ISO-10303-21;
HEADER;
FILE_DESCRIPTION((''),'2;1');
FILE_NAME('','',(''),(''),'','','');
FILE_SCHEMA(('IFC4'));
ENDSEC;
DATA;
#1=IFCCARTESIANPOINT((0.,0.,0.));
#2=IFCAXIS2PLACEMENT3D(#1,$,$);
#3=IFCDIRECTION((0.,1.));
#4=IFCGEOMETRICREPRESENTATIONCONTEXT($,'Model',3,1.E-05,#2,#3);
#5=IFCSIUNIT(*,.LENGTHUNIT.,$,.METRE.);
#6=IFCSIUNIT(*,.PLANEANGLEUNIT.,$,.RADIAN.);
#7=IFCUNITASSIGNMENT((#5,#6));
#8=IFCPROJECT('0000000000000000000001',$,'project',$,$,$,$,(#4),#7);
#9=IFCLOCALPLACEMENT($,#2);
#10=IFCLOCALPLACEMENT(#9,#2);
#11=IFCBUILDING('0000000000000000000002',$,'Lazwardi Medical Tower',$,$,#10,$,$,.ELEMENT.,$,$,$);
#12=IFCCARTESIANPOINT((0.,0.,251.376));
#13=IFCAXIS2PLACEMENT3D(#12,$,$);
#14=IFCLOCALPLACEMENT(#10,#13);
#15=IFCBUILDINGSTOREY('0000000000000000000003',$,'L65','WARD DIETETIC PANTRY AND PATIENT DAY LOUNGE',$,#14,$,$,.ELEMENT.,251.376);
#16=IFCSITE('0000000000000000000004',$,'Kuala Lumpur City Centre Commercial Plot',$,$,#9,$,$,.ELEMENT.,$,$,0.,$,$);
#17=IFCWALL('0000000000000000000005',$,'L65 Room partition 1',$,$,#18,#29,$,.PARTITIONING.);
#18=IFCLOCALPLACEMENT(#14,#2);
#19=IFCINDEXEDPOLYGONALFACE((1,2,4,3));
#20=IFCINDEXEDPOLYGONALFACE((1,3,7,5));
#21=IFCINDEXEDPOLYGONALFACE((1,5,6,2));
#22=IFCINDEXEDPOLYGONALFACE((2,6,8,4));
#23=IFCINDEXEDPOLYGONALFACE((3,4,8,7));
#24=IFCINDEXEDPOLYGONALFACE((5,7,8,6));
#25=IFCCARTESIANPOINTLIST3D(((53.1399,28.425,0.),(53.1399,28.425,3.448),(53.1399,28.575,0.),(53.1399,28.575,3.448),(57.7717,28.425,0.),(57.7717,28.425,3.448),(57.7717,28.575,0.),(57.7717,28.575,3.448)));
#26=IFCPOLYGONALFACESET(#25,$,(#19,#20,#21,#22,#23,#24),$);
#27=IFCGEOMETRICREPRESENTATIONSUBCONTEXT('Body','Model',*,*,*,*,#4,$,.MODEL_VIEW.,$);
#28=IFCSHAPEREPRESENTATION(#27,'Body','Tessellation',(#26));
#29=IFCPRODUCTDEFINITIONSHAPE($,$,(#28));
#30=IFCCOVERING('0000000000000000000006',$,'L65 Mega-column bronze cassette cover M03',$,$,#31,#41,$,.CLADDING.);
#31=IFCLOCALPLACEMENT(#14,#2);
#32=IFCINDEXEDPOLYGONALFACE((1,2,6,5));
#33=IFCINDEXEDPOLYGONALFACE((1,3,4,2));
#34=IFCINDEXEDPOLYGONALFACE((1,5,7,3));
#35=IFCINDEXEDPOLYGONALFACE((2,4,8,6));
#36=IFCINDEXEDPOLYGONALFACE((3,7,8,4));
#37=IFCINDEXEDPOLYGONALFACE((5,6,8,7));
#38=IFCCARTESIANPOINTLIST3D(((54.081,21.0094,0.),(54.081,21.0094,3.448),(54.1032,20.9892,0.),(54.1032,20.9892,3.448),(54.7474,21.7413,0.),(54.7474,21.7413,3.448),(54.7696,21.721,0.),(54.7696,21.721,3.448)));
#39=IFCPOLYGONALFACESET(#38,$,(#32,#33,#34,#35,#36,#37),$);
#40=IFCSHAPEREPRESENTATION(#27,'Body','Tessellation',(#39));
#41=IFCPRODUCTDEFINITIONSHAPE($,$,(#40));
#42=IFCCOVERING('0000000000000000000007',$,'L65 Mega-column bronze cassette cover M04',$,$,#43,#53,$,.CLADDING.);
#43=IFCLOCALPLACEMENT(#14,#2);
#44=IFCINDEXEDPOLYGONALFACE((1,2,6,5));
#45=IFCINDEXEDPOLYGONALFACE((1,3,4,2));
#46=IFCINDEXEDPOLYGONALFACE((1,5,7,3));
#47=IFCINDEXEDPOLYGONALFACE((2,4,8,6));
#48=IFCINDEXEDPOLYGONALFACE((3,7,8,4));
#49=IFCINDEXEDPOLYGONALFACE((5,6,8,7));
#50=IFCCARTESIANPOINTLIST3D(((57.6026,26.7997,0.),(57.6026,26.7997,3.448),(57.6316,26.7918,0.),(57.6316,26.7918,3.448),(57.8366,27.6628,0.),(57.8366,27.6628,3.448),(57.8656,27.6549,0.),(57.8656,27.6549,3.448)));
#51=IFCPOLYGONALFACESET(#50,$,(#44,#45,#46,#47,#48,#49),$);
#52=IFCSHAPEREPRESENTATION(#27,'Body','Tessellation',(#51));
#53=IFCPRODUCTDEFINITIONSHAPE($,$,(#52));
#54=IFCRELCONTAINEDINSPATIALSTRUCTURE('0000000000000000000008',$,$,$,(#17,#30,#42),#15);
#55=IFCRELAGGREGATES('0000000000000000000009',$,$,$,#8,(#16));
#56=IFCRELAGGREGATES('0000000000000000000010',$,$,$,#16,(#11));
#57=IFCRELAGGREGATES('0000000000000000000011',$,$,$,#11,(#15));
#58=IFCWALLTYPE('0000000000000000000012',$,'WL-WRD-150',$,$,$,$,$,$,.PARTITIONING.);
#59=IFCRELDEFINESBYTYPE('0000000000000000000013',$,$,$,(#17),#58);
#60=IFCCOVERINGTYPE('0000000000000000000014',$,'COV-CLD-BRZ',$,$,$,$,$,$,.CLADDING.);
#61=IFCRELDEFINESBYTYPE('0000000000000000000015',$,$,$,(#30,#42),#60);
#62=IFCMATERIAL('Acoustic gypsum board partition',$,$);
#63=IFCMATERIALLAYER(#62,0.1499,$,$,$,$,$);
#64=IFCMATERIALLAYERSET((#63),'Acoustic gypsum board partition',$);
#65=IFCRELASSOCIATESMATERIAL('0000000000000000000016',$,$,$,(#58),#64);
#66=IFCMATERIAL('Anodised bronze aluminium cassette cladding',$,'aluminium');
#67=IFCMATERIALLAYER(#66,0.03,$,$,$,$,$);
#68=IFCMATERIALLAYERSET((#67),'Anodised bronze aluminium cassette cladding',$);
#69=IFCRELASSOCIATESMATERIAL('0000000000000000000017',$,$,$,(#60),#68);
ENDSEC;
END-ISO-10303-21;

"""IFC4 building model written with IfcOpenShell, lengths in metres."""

from ifc_helpers import new_model, si_unit, direction, frame, frame_2d, origin, origin_2d, place, context, subcontext, project, spatial, rectangle, extrude, material, layer, layer_set, type_object, element, save


model = new_model("IFC4")

# Units and contexts
model_context = context("Model", 3, precision=1e-05, world=origin(), true_north=direction((0.0, 1.0)))
body_context = subcontext(model_context, "Body", "Model", "MODEL_VIEW")
ifc_project = project(units=[si_unit("LENGTHUNIT", "METRE"), si_unit("PLANEANGLEUNIT", "RADIAN")], contexts=[model_context])

# Site, building, storey
site_placement = place(None, origin())
site = spatial("IfcSite", under=ifc_project, at=site_placement, Name="Kuala Lumpur City Centre Commercial Plot", CompositionType="ELEMENT", RefElevation=0.0)
building_placement = place(site_placement, origin())
building = spatial("IfcBuilding", under=site, at=building_placement, Name="Lazwardi Medical Tower", CompositionType="ELEMENT")
storey_placement = place(building_placement, frame((0.0, 0.0, 251.376)))
storey = spatial("IfcBuildingStorey", under=building, at=storey_placement, Name="L65", Description="WARD DIETETIC PANTRY AND PATIENT DAY LOUNGE", CompositionType="ELEMENT", Elevation=251.376)

# Wall
ifc_material_1 = material(Name="Acoustic gypsum board partition")
ifc_layer_1 = layer(ifc_material_1, 0.1499)
ifc_layer_set_1 = layer_set([ifc_layer_1], Name="Acoustic gypsum board partition")
wall_type_1 = type_object("IfcWallType", Name="WL-WRD-150", PredefinedType="PARTITIONING", material=ifc_layer_set_1)
wall_1_placement = place(storey_placement, frame((53.1399, 28.5, 0.0), z_axis=(0.0, 0.0, 1.0), x_axis=(1.0, 0.0, 0.0)))
element("IfcWall", 1, at=wall_1_placement, inside=storey, type_object=wall_type_1, Name="L65 Room partition 1", PredefinedType="PARTITIONING", context=body_context, shape_type="SweptSolid", body=[
    extrude(rectangle(XDim=4.6318, YDim=0.1499, at=frame_2d((2.3159, 0.0))), origin(), (0.0, 0.0, 1.0), 3.448),
])

# Coverings
ifc_material_2 = material(Name="Anodised bronze aluminium cassette cladding", Category="aluminium")
ifc_layer_2 = layer(ifc_material_2, 0.03)
ifc_layer_set_2 = layer_set([ifc_layer_2], Name="Anodised bronze aluminium cassette cladding")
covering_type = type_object("IfcCoveringType", Name="COV-CLD-BRZ", PredefinedType="CLADDING", material=ifc_layer_set_2)
covering_1_placement = place(storey_placement, frame((54.4253, 21.3652, 0.0), z_axis=(0.0, 0.0, 1.0), x_axis=(0.673241, 0.739423, 0.0)))
element("IfcCovering", 2, at=covering_1_placement, inside=storey, type_object=covering_type, Name="L65 Mega-column bronze cassette cover M03", PredefinedType="CLADDING", context=body_context, shape_type="SweptSolid", body=[
    extrude(rectangle(XDim=0.9897, YDim=0.03, at=origin_2d()), origin(), (0.0, 0.0, 1.0), 3.448),
])
covering_2_placement = place(storey_placement, frame((57.7341, 27.2273, 0.0), z_axis=(0.0, 0.0, 1.0), x_axis=(0.261642, 0.965165, 0.0)))
element("IfcCovering", 3, at=covering_2_placement, inside=storey, type_object=covering_type, Name="L65 Mega-column bronze cassette cover M04", PredefinedType="CLADDING", context=body_context, shape_type="SweptSolid", body=[
    extrude(rectangle(XDim=0.8943, YDim=0.03, at=origin_2d()), origin(), (0.0, 0.0, 1.0), 3.448),
])

save(model, "model.ifc")
